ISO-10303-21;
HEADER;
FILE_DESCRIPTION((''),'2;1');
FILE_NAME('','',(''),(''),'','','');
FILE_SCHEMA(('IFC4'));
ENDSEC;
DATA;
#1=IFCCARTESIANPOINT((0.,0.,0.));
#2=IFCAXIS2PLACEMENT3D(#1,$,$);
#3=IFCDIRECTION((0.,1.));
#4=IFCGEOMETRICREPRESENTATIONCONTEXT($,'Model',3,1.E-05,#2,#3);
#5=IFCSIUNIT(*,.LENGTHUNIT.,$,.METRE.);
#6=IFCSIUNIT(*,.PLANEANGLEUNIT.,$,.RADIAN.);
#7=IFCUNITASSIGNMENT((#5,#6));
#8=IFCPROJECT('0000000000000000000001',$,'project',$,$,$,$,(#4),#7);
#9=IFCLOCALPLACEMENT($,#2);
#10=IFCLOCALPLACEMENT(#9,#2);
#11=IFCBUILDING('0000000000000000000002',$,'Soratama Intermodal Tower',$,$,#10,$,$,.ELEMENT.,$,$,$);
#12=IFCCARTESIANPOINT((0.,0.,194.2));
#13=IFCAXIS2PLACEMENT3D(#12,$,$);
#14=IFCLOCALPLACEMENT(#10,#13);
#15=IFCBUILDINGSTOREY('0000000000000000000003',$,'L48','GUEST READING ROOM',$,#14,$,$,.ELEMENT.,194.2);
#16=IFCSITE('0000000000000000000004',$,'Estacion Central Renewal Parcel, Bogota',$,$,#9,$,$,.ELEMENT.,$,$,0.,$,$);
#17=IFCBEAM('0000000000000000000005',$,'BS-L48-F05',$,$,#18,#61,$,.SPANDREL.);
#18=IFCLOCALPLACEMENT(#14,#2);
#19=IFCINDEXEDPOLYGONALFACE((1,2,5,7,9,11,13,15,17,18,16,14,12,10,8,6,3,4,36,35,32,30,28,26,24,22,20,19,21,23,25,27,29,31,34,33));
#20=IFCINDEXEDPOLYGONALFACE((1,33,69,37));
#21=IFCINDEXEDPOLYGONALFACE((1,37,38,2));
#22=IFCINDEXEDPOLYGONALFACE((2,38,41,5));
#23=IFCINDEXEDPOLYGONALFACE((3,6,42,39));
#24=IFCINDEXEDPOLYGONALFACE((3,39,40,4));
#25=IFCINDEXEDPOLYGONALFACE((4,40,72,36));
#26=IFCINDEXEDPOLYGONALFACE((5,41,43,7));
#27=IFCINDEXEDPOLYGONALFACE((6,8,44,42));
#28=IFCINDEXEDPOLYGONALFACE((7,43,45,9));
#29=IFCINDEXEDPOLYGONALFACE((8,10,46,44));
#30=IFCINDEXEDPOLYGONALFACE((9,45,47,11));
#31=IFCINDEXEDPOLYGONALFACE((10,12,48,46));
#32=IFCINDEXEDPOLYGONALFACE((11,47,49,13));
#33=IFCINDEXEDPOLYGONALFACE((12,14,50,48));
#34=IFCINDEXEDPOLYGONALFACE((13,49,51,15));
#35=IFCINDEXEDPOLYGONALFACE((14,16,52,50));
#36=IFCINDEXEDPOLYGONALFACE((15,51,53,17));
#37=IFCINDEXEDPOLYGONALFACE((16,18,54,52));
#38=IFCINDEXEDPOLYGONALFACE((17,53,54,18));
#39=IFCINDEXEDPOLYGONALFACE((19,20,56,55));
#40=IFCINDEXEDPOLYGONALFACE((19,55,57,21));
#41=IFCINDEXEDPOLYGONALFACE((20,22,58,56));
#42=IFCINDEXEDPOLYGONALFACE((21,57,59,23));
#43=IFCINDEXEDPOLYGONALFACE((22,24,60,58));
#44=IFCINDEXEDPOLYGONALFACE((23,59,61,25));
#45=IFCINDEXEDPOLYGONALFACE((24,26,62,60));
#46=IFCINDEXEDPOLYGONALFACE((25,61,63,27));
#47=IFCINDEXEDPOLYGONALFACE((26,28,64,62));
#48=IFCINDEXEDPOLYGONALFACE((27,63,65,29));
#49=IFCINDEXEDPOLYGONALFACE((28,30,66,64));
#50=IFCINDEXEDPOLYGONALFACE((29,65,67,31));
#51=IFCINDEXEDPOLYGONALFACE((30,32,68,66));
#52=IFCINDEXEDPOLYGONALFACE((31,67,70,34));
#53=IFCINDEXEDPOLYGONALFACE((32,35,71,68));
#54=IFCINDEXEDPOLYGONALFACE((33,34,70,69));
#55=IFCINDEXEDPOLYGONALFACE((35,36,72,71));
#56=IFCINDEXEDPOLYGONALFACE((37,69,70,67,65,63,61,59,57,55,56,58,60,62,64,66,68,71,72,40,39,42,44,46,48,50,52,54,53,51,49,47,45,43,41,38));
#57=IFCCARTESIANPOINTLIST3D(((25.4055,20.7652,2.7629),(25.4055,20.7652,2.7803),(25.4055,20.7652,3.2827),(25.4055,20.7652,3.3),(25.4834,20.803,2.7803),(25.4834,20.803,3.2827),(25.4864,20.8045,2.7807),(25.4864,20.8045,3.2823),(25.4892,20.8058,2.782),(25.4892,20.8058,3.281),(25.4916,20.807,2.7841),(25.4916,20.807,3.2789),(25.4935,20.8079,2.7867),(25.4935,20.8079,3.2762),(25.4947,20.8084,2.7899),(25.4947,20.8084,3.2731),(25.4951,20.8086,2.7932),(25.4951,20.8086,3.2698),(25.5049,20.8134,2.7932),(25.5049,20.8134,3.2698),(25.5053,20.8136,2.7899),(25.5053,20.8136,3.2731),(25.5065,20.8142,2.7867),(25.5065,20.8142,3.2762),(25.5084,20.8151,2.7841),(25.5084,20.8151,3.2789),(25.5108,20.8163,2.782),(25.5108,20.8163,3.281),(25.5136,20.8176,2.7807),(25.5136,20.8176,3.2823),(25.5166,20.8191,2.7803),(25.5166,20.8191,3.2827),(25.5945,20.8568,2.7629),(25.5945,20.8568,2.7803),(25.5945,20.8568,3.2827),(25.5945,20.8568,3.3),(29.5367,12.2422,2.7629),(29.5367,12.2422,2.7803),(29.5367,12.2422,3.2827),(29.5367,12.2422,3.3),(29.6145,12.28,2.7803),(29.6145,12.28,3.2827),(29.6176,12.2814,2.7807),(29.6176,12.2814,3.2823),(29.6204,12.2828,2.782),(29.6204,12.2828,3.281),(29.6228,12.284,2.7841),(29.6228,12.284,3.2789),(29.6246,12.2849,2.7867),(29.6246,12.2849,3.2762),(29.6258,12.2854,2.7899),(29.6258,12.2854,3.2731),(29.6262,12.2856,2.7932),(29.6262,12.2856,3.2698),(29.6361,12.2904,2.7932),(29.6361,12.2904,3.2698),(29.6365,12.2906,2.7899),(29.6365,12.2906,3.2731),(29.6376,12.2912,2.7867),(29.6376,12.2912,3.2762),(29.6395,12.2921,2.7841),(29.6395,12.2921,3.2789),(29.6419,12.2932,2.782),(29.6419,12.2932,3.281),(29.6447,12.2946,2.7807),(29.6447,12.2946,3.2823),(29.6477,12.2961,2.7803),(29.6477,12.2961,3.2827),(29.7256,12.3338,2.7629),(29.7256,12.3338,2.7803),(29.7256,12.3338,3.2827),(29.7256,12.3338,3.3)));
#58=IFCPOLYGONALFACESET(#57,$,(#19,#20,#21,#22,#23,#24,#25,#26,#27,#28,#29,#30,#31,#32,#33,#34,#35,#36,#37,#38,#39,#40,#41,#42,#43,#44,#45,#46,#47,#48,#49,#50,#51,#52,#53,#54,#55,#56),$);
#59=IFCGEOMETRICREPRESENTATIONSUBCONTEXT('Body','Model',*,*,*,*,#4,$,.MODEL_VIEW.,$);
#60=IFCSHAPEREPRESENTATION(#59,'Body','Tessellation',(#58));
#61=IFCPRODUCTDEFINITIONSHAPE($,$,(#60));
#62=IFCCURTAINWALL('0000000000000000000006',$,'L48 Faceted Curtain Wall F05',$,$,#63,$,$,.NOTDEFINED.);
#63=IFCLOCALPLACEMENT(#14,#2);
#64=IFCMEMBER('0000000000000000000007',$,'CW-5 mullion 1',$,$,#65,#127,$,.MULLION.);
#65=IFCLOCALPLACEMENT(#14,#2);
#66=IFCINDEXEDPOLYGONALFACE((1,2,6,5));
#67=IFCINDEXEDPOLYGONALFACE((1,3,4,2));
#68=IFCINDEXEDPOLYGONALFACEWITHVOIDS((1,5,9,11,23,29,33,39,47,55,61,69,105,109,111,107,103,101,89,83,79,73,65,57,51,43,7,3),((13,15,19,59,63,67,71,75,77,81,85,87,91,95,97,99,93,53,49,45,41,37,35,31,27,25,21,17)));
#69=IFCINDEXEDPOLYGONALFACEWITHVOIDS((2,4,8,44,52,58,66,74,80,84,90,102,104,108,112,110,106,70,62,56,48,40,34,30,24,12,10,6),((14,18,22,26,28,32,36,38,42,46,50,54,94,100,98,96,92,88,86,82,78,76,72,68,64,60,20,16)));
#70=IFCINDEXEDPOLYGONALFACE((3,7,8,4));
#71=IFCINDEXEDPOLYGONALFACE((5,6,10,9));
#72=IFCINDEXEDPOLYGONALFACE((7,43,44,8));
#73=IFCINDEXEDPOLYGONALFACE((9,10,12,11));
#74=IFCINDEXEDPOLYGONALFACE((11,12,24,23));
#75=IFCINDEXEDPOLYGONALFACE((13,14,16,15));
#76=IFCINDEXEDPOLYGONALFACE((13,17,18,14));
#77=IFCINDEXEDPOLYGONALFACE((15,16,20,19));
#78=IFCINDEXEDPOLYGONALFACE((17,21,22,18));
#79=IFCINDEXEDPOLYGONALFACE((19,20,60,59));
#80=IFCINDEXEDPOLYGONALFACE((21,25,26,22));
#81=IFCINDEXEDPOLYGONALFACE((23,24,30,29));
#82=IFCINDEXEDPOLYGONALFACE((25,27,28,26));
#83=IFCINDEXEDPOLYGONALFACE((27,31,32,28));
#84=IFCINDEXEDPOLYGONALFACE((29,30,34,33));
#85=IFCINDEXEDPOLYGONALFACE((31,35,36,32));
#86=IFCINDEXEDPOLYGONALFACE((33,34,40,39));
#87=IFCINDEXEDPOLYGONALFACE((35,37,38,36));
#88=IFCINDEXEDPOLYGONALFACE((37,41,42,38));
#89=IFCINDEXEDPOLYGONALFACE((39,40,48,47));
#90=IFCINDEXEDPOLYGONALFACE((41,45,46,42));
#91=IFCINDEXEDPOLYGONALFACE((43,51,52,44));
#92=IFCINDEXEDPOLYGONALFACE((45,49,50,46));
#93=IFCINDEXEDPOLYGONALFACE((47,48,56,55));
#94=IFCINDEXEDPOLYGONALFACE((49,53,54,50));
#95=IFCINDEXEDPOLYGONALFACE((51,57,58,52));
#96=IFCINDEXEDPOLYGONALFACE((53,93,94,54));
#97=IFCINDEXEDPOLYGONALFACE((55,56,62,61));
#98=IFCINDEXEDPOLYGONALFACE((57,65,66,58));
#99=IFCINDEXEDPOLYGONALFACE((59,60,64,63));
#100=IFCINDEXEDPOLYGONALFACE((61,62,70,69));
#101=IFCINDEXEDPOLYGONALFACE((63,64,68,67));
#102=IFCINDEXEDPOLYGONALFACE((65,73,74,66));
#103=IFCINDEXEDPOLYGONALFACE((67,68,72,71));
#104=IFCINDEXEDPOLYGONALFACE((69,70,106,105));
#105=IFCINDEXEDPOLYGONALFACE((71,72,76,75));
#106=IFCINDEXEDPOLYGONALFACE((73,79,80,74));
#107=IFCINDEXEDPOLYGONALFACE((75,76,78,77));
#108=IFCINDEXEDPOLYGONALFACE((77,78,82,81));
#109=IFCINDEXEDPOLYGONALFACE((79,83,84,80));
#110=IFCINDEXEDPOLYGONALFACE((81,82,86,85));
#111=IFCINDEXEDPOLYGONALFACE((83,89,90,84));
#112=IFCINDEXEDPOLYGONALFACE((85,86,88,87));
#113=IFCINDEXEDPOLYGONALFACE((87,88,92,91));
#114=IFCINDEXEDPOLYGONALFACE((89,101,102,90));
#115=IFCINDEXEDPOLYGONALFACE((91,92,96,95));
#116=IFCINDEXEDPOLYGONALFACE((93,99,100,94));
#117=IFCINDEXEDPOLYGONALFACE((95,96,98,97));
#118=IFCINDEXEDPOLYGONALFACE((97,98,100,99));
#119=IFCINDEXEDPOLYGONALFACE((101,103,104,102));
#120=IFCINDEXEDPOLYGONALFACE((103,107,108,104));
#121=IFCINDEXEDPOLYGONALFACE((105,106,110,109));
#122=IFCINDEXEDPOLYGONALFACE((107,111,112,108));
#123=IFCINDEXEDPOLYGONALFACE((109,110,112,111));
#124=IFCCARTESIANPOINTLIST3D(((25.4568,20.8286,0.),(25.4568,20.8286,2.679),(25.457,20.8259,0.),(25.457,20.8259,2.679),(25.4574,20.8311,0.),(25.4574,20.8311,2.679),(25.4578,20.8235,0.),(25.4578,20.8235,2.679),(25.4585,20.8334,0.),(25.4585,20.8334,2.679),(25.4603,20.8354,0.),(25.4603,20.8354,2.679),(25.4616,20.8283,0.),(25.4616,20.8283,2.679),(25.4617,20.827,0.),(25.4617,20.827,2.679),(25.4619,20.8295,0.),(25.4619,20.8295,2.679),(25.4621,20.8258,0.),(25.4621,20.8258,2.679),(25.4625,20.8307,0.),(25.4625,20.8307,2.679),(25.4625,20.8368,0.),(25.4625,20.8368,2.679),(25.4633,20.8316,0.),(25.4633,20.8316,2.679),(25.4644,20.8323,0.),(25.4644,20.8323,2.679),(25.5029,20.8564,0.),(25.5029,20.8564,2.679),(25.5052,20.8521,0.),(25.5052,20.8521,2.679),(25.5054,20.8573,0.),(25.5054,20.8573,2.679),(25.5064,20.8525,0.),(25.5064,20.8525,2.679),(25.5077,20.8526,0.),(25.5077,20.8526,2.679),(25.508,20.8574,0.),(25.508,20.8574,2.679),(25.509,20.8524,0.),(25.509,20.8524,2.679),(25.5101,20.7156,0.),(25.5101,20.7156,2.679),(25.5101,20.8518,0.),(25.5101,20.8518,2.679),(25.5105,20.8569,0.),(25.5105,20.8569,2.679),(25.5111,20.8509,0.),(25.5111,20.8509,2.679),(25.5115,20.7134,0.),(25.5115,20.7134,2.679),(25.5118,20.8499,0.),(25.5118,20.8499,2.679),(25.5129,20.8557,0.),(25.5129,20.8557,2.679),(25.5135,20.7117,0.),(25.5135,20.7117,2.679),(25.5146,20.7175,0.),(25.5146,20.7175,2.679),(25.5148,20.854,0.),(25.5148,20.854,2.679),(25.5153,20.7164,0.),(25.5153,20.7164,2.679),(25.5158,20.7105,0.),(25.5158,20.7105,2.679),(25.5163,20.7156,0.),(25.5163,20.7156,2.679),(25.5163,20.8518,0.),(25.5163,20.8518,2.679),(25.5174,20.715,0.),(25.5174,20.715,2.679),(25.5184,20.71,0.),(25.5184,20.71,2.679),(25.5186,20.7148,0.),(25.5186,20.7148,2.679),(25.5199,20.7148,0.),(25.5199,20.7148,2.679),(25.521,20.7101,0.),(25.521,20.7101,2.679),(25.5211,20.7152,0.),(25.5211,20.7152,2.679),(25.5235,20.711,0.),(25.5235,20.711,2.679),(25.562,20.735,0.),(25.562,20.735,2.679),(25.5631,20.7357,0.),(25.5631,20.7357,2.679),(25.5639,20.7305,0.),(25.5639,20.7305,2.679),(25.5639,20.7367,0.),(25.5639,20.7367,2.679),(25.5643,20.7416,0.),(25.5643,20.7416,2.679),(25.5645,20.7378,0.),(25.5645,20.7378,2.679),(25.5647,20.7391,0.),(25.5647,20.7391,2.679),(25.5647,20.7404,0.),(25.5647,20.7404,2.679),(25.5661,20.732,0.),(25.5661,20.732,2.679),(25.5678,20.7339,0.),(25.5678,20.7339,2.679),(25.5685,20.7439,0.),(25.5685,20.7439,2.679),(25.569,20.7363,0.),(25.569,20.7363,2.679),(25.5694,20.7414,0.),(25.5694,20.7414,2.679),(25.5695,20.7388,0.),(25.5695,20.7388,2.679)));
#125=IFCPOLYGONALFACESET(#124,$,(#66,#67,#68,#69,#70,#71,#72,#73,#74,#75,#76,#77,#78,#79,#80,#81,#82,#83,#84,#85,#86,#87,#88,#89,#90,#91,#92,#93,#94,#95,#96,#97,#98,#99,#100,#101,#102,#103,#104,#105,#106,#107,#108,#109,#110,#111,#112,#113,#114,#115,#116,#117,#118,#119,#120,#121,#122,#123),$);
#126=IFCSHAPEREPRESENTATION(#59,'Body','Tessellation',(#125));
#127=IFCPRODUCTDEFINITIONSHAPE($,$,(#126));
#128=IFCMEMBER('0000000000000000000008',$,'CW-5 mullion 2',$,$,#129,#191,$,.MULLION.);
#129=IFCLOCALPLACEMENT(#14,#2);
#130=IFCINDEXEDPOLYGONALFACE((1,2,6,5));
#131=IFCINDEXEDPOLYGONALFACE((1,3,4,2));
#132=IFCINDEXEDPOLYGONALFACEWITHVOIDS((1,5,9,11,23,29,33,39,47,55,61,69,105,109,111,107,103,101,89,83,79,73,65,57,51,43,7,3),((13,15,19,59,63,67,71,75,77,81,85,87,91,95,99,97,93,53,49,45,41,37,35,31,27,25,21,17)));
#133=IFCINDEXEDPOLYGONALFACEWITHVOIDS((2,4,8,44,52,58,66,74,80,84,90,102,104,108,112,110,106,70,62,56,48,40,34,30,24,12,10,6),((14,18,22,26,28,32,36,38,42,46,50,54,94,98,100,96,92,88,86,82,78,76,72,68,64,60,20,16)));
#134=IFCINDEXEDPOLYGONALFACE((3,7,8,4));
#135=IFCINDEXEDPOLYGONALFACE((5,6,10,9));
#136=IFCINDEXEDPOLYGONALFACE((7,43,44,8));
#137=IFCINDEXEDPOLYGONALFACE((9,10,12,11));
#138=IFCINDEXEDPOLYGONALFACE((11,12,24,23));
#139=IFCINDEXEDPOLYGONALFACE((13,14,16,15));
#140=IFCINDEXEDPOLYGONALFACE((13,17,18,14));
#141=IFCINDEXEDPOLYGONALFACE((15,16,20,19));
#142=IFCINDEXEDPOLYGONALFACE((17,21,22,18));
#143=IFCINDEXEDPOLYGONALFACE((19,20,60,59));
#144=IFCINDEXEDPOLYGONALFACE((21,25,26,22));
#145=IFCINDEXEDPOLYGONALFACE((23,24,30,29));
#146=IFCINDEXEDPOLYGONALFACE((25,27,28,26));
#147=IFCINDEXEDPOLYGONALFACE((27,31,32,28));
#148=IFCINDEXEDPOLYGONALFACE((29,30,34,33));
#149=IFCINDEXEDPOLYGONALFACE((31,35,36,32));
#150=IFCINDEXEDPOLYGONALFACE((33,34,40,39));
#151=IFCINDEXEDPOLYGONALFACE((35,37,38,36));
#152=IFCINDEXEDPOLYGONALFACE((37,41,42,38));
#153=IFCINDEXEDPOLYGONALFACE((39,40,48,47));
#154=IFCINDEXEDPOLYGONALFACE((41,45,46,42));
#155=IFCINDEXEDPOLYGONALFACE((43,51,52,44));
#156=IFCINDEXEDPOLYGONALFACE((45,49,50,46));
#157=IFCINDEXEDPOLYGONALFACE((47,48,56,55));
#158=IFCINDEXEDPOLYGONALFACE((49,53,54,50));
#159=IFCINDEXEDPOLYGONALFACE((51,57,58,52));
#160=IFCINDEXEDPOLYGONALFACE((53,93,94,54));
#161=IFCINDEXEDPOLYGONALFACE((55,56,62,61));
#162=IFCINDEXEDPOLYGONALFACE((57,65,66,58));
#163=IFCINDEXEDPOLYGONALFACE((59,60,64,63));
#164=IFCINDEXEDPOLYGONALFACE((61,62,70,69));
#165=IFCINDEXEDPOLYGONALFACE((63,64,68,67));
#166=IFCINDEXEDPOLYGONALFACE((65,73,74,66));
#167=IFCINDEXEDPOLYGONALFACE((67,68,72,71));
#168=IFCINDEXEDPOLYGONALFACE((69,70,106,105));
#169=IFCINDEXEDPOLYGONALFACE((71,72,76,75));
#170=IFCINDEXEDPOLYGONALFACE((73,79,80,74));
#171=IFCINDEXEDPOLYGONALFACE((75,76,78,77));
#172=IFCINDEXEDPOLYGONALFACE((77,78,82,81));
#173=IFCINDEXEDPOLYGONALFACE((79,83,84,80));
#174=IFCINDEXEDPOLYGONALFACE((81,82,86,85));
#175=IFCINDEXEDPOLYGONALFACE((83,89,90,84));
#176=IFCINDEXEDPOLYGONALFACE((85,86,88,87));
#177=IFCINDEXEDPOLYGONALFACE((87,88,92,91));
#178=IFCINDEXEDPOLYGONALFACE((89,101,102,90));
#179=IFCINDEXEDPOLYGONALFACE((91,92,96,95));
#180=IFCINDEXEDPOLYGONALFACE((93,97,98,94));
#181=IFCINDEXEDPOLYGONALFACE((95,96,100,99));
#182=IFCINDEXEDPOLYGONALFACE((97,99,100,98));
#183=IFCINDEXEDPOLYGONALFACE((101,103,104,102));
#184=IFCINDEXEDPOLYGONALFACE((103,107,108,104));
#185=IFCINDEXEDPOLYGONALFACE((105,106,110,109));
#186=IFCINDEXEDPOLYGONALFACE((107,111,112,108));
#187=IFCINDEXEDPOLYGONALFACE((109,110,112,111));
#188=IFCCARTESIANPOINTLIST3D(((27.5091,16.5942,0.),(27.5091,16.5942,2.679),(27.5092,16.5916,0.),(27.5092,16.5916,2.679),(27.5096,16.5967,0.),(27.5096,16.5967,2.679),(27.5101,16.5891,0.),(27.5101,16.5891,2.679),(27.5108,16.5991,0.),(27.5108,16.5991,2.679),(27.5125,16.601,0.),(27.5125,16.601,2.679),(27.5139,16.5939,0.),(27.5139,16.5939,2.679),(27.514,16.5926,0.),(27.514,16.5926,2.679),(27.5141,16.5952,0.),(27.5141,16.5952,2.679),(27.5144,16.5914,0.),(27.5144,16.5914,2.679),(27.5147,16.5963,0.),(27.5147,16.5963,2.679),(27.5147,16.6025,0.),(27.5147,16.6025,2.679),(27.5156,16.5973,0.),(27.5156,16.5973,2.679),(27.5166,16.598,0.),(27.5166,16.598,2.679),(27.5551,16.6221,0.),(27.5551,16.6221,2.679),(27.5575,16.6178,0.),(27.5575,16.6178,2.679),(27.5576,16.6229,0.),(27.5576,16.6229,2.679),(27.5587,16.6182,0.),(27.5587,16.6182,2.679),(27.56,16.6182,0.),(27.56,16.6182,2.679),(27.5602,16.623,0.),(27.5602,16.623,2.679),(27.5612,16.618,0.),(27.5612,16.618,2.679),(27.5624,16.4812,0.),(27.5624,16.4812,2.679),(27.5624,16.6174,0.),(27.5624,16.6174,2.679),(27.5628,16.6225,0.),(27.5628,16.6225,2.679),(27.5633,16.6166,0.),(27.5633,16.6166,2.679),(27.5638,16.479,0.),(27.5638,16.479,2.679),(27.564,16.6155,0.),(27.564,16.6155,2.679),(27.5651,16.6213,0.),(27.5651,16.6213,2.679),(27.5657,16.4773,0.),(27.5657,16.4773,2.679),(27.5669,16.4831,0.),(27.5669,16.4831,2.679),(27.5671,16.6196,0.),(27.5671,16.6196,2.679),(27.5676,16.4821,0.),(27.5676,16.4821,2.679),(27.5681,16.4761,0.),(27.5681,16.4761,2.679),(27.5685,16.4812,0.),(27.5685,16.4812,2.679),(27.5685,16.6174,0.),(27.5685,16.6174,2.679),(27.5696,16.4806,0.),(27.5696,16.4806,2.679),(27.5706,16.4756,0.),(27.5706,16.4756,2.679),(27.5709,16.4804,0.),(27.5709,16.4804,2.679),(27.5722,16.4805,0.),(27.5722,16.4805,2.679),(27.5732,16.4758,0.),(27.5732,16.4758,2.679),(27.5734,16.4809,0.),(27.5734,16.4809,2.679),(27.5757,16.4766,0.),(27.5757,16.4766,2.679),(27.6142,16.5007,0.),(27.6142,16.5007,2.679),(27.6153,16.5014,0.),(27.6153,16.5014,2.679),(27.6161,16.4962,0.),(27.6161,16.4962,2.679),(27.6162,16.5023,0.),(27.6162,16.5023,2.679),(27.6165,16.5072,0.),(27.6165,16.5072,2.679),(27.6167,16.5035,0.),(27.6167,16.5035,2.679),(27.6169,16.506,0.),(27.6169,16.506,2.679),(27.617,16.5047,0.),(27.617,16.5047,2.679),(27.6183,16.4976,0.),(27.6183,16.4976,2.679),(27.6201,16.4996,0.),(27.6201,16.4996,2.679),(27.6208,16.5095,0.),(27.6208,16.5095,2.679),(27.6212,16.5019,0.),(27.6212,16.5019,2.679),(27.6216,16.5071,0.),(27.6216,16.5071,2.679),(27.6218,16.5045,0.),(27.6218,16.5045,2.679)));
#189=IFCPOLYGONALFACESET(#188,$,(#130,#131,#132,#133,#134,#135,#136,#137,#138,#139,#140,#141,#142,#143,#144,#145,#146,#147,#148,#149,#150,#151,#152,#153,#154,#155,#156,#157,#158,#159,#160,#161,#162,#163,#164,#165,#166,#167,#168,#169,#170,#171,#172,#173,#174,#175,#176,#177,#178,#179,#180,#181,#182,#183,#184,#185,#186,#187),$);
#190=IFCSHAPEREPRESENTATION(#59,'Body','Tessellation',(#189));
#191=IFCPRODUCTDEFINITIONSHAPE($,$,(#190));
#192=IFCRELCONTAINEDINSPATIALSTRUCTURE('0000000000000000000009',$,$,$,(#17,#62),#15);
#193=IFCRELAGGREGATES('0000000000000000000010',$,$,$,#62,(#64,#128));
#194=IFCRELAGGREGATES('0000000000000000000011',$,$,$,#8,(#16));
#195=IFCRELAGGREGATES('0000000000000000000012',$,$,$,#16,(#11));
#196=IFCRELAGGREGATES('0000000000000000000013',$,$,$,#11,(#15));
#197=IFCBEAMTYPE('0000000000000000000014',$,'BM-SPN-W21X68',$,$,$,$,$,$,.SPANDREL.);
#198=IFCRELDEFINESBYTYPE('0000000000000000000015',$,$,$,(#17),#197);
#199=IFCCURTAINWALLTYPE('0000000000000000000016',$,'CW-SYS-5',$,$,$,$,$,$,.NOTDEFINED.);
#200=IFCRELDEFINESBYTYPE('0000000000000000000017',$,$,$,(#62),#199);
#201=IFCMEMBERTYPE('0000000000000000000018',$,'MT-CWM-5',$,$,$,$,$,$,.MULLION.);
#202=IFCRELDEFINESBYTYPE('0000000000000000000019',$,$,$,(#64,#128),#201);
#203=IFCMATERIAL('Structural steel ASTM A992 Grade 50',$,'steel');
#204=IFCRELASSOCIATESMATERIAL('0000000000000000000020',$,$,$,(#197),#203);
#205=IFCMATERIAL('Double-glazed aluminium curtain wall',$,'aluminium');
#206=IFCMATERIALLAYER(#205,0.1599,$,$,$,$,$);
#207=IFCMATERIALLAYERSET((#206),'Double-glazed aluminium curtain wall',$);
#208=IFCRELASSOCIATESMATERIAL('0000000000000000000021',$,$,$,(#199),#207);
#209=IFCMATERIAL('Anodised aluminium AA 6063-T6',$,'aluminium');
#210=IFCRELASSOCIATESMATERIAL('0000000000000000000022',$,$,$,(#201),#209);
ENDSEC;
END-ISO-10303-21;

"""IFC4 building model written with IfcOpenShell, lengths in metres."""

from ifc_helpers import new_model, si_unit, direction, frame, origin, origin_2d, place, context, subcontext, project, spatial, hollow_rectangle, i_section, extrude, material, layer, layer_set, material_profile, profile_set, type_object, element, aggregate, save


model = new_model("IFC4")

# Units and contexts
model_context = context("Model", 3, precision=1e-05, world=origin(), true_north=direction((0.0, 1.0)))
body_context = subcontext(model_context, "Body", "Model", "MODEL_VIEW")
ifc_project = project(units=[si_unit("LENGTHUNIT", "METRE"), si_unit("PLANEANGLEUNIT", "RADIAN")], contexts=[model_context])

# Site, building, storey
site_placement = place(None, origin())
site = spatial("IfcSite", under=ifc_project, at=site_placement, Name="Estacion Central Renewal Parcel, Bogota", CompositionType="ELEMENT", RefElevation=0.0)
building_placement = place(site_placement, origin())
building = spatial("IfcBuilding", under=site, at=building_placement, Name="Soratama Intermodal Tower", CompositionType="ELEMENT")
storey_placement = place(building_placement, frame((0.0, 0.0, 194.2)))
storey = spatial("IfcBuildingStorey", under=building, at=storey_placement, Name="L48", Description="GUEST READING ROOM", CompositionType="ELEMENT", Elevation=194.2)

# Beam
ifc_material_1 = material(Name="Structural steel ASTM A992 Grade 50", Category="steel")
ifc_material_profile_1 = material_profile(ifc_material_1, i_section(OverallWidth=0.21, OverallDepth=0.5371, WebThickness=0.011, FlangeThickness=0.0173, FilletRadius=0.0129, at=origin_2d()), Name="W21X68")
ifc_profile_set_1 = profile_set([ifc_material_profile_1], Name="Structural steel ASTM A992 Grade 50")
beam_type = type_object("IfcBeamType", Name="BM-SPN-W21X68", PredefinedType="SPANDREL", material=ifc_profile_set_1)
beam_placement = place(storey_placement, frame((25.5, 20.811, 3.0315), z_axis=(0.436168, -0.899865, 0.0), x_axis=(0.899865, 0.436168, 0.0)))
element("IfcBeam", 1, at=beam_placement, inside=storey, type_object=beam_type, Name="BS-L48-F05", PredefinedType="SPANDREL", context=body_context, shape_type="SweptSolid", body=[
    extrude(i_section(OverallWidth=0.21, OverallDepth=0.5371, WebThickness=0.011, FlangeThickness=0.0173, FilletRadius=0.0129, at=origin_2d()), origin(), (0.0, 0.0, 1.0), 9.4714),
])

# Curtain wall, members
ifc_material_2 = material(Name="Double-glazed aluminium curtain wall", Category="aluminium")
ifc_layer_1 = layer(ifc_material_2, 0.1599)
ifc_layer_set_1 = layer_set([ifc_layer_1], Name="Double-glazed aluminium curtain wall")
curtain_wall_type = type_object("IfcCurtainWallType", Name="CW-SYS-5", PredefinedType="NOTDEFINED", material=ifc_layer_set_1)
curtain_wall_placement = place(storey_placement, origin())
curtain_wall = element("IfcCurtainWall", 2, at=curtain_wall_placement, inside=storey, type_object=curtain_wall_type, Name="L48 Faceted Curtain Wall F05", PredefinedType="NOTDEFINED")
ifc_material_3 = material(Name="Anodised aluminium AA 6063-T6", Category="aluminium")
ifc_material_profile_2 = material_profile(ifc_material_3, hollow_rectangle(XDim=0.0649, YDim=0.1399, WallThickness=0.0049, InnerFilletRadius=0.0049, OuterFilletRadius=0.01, at=origin_2d()), Name="CWM140X65X5")
ifc_profile_set_2 = profile_set([ifc_material_profile_2], Name="Anodised aluminium AA 6063-T6")
member_type_1 = type_object("IfcMemberType", Name="MT-CWM-5", PredefinedType="MULLION", material=ifc_profile_set_2)
member_1_placement = place(storey_placement, frame((25.5132, 20.7837, 0.0), z_axis=(0.0, 0.0, 1.0), x_axis=(0.899867, 0.436165, 0.0)))
member_1 = element("IfcMember", 3, at=member_1_placement, type_object=member_type_1, Name="CW-5 mullion 1", PredefinedType="MULLION", context=body_context, shape_type="SweptSolid", body=[
    extrude(hollow_rectangle(XDim=0.0649, YDim=0.1399, WallThickness=0.0049, InnerFilletRadius=0.0049, OuterFilletRadius=0.01, at=origin_2d()), origin(), (0.0, 0.0, 1.0), 2.679),
])
member_2_placement = place(storey_placement, frame((27.5654, 16.5493, 0.0), z_axis=(0.0, 0.0, 1.0), x_axis=(0.899867, 0.436165, 0.0)))
member_2 = element("IfcMember", 4, at=member_2_placement, type_object=member_type_1, Name="CW-5 mullion 2", PredefinedType="MULLION", context=body_context, shape_type="SweptSolid", body=[
    extrude(hollow_rectangle(XDim=0.0649, YDim=0.1399, WallThickness=0.0049, InnerFilletRadius=0.0049, OuterFilletRadius=0.01, at=origin_2d()), origin(), (0.0, 0.0, 1.0), 2.679),
])
aggregate(curtain_wall, [member_1, member_2])

save(model, "model.ifc")
